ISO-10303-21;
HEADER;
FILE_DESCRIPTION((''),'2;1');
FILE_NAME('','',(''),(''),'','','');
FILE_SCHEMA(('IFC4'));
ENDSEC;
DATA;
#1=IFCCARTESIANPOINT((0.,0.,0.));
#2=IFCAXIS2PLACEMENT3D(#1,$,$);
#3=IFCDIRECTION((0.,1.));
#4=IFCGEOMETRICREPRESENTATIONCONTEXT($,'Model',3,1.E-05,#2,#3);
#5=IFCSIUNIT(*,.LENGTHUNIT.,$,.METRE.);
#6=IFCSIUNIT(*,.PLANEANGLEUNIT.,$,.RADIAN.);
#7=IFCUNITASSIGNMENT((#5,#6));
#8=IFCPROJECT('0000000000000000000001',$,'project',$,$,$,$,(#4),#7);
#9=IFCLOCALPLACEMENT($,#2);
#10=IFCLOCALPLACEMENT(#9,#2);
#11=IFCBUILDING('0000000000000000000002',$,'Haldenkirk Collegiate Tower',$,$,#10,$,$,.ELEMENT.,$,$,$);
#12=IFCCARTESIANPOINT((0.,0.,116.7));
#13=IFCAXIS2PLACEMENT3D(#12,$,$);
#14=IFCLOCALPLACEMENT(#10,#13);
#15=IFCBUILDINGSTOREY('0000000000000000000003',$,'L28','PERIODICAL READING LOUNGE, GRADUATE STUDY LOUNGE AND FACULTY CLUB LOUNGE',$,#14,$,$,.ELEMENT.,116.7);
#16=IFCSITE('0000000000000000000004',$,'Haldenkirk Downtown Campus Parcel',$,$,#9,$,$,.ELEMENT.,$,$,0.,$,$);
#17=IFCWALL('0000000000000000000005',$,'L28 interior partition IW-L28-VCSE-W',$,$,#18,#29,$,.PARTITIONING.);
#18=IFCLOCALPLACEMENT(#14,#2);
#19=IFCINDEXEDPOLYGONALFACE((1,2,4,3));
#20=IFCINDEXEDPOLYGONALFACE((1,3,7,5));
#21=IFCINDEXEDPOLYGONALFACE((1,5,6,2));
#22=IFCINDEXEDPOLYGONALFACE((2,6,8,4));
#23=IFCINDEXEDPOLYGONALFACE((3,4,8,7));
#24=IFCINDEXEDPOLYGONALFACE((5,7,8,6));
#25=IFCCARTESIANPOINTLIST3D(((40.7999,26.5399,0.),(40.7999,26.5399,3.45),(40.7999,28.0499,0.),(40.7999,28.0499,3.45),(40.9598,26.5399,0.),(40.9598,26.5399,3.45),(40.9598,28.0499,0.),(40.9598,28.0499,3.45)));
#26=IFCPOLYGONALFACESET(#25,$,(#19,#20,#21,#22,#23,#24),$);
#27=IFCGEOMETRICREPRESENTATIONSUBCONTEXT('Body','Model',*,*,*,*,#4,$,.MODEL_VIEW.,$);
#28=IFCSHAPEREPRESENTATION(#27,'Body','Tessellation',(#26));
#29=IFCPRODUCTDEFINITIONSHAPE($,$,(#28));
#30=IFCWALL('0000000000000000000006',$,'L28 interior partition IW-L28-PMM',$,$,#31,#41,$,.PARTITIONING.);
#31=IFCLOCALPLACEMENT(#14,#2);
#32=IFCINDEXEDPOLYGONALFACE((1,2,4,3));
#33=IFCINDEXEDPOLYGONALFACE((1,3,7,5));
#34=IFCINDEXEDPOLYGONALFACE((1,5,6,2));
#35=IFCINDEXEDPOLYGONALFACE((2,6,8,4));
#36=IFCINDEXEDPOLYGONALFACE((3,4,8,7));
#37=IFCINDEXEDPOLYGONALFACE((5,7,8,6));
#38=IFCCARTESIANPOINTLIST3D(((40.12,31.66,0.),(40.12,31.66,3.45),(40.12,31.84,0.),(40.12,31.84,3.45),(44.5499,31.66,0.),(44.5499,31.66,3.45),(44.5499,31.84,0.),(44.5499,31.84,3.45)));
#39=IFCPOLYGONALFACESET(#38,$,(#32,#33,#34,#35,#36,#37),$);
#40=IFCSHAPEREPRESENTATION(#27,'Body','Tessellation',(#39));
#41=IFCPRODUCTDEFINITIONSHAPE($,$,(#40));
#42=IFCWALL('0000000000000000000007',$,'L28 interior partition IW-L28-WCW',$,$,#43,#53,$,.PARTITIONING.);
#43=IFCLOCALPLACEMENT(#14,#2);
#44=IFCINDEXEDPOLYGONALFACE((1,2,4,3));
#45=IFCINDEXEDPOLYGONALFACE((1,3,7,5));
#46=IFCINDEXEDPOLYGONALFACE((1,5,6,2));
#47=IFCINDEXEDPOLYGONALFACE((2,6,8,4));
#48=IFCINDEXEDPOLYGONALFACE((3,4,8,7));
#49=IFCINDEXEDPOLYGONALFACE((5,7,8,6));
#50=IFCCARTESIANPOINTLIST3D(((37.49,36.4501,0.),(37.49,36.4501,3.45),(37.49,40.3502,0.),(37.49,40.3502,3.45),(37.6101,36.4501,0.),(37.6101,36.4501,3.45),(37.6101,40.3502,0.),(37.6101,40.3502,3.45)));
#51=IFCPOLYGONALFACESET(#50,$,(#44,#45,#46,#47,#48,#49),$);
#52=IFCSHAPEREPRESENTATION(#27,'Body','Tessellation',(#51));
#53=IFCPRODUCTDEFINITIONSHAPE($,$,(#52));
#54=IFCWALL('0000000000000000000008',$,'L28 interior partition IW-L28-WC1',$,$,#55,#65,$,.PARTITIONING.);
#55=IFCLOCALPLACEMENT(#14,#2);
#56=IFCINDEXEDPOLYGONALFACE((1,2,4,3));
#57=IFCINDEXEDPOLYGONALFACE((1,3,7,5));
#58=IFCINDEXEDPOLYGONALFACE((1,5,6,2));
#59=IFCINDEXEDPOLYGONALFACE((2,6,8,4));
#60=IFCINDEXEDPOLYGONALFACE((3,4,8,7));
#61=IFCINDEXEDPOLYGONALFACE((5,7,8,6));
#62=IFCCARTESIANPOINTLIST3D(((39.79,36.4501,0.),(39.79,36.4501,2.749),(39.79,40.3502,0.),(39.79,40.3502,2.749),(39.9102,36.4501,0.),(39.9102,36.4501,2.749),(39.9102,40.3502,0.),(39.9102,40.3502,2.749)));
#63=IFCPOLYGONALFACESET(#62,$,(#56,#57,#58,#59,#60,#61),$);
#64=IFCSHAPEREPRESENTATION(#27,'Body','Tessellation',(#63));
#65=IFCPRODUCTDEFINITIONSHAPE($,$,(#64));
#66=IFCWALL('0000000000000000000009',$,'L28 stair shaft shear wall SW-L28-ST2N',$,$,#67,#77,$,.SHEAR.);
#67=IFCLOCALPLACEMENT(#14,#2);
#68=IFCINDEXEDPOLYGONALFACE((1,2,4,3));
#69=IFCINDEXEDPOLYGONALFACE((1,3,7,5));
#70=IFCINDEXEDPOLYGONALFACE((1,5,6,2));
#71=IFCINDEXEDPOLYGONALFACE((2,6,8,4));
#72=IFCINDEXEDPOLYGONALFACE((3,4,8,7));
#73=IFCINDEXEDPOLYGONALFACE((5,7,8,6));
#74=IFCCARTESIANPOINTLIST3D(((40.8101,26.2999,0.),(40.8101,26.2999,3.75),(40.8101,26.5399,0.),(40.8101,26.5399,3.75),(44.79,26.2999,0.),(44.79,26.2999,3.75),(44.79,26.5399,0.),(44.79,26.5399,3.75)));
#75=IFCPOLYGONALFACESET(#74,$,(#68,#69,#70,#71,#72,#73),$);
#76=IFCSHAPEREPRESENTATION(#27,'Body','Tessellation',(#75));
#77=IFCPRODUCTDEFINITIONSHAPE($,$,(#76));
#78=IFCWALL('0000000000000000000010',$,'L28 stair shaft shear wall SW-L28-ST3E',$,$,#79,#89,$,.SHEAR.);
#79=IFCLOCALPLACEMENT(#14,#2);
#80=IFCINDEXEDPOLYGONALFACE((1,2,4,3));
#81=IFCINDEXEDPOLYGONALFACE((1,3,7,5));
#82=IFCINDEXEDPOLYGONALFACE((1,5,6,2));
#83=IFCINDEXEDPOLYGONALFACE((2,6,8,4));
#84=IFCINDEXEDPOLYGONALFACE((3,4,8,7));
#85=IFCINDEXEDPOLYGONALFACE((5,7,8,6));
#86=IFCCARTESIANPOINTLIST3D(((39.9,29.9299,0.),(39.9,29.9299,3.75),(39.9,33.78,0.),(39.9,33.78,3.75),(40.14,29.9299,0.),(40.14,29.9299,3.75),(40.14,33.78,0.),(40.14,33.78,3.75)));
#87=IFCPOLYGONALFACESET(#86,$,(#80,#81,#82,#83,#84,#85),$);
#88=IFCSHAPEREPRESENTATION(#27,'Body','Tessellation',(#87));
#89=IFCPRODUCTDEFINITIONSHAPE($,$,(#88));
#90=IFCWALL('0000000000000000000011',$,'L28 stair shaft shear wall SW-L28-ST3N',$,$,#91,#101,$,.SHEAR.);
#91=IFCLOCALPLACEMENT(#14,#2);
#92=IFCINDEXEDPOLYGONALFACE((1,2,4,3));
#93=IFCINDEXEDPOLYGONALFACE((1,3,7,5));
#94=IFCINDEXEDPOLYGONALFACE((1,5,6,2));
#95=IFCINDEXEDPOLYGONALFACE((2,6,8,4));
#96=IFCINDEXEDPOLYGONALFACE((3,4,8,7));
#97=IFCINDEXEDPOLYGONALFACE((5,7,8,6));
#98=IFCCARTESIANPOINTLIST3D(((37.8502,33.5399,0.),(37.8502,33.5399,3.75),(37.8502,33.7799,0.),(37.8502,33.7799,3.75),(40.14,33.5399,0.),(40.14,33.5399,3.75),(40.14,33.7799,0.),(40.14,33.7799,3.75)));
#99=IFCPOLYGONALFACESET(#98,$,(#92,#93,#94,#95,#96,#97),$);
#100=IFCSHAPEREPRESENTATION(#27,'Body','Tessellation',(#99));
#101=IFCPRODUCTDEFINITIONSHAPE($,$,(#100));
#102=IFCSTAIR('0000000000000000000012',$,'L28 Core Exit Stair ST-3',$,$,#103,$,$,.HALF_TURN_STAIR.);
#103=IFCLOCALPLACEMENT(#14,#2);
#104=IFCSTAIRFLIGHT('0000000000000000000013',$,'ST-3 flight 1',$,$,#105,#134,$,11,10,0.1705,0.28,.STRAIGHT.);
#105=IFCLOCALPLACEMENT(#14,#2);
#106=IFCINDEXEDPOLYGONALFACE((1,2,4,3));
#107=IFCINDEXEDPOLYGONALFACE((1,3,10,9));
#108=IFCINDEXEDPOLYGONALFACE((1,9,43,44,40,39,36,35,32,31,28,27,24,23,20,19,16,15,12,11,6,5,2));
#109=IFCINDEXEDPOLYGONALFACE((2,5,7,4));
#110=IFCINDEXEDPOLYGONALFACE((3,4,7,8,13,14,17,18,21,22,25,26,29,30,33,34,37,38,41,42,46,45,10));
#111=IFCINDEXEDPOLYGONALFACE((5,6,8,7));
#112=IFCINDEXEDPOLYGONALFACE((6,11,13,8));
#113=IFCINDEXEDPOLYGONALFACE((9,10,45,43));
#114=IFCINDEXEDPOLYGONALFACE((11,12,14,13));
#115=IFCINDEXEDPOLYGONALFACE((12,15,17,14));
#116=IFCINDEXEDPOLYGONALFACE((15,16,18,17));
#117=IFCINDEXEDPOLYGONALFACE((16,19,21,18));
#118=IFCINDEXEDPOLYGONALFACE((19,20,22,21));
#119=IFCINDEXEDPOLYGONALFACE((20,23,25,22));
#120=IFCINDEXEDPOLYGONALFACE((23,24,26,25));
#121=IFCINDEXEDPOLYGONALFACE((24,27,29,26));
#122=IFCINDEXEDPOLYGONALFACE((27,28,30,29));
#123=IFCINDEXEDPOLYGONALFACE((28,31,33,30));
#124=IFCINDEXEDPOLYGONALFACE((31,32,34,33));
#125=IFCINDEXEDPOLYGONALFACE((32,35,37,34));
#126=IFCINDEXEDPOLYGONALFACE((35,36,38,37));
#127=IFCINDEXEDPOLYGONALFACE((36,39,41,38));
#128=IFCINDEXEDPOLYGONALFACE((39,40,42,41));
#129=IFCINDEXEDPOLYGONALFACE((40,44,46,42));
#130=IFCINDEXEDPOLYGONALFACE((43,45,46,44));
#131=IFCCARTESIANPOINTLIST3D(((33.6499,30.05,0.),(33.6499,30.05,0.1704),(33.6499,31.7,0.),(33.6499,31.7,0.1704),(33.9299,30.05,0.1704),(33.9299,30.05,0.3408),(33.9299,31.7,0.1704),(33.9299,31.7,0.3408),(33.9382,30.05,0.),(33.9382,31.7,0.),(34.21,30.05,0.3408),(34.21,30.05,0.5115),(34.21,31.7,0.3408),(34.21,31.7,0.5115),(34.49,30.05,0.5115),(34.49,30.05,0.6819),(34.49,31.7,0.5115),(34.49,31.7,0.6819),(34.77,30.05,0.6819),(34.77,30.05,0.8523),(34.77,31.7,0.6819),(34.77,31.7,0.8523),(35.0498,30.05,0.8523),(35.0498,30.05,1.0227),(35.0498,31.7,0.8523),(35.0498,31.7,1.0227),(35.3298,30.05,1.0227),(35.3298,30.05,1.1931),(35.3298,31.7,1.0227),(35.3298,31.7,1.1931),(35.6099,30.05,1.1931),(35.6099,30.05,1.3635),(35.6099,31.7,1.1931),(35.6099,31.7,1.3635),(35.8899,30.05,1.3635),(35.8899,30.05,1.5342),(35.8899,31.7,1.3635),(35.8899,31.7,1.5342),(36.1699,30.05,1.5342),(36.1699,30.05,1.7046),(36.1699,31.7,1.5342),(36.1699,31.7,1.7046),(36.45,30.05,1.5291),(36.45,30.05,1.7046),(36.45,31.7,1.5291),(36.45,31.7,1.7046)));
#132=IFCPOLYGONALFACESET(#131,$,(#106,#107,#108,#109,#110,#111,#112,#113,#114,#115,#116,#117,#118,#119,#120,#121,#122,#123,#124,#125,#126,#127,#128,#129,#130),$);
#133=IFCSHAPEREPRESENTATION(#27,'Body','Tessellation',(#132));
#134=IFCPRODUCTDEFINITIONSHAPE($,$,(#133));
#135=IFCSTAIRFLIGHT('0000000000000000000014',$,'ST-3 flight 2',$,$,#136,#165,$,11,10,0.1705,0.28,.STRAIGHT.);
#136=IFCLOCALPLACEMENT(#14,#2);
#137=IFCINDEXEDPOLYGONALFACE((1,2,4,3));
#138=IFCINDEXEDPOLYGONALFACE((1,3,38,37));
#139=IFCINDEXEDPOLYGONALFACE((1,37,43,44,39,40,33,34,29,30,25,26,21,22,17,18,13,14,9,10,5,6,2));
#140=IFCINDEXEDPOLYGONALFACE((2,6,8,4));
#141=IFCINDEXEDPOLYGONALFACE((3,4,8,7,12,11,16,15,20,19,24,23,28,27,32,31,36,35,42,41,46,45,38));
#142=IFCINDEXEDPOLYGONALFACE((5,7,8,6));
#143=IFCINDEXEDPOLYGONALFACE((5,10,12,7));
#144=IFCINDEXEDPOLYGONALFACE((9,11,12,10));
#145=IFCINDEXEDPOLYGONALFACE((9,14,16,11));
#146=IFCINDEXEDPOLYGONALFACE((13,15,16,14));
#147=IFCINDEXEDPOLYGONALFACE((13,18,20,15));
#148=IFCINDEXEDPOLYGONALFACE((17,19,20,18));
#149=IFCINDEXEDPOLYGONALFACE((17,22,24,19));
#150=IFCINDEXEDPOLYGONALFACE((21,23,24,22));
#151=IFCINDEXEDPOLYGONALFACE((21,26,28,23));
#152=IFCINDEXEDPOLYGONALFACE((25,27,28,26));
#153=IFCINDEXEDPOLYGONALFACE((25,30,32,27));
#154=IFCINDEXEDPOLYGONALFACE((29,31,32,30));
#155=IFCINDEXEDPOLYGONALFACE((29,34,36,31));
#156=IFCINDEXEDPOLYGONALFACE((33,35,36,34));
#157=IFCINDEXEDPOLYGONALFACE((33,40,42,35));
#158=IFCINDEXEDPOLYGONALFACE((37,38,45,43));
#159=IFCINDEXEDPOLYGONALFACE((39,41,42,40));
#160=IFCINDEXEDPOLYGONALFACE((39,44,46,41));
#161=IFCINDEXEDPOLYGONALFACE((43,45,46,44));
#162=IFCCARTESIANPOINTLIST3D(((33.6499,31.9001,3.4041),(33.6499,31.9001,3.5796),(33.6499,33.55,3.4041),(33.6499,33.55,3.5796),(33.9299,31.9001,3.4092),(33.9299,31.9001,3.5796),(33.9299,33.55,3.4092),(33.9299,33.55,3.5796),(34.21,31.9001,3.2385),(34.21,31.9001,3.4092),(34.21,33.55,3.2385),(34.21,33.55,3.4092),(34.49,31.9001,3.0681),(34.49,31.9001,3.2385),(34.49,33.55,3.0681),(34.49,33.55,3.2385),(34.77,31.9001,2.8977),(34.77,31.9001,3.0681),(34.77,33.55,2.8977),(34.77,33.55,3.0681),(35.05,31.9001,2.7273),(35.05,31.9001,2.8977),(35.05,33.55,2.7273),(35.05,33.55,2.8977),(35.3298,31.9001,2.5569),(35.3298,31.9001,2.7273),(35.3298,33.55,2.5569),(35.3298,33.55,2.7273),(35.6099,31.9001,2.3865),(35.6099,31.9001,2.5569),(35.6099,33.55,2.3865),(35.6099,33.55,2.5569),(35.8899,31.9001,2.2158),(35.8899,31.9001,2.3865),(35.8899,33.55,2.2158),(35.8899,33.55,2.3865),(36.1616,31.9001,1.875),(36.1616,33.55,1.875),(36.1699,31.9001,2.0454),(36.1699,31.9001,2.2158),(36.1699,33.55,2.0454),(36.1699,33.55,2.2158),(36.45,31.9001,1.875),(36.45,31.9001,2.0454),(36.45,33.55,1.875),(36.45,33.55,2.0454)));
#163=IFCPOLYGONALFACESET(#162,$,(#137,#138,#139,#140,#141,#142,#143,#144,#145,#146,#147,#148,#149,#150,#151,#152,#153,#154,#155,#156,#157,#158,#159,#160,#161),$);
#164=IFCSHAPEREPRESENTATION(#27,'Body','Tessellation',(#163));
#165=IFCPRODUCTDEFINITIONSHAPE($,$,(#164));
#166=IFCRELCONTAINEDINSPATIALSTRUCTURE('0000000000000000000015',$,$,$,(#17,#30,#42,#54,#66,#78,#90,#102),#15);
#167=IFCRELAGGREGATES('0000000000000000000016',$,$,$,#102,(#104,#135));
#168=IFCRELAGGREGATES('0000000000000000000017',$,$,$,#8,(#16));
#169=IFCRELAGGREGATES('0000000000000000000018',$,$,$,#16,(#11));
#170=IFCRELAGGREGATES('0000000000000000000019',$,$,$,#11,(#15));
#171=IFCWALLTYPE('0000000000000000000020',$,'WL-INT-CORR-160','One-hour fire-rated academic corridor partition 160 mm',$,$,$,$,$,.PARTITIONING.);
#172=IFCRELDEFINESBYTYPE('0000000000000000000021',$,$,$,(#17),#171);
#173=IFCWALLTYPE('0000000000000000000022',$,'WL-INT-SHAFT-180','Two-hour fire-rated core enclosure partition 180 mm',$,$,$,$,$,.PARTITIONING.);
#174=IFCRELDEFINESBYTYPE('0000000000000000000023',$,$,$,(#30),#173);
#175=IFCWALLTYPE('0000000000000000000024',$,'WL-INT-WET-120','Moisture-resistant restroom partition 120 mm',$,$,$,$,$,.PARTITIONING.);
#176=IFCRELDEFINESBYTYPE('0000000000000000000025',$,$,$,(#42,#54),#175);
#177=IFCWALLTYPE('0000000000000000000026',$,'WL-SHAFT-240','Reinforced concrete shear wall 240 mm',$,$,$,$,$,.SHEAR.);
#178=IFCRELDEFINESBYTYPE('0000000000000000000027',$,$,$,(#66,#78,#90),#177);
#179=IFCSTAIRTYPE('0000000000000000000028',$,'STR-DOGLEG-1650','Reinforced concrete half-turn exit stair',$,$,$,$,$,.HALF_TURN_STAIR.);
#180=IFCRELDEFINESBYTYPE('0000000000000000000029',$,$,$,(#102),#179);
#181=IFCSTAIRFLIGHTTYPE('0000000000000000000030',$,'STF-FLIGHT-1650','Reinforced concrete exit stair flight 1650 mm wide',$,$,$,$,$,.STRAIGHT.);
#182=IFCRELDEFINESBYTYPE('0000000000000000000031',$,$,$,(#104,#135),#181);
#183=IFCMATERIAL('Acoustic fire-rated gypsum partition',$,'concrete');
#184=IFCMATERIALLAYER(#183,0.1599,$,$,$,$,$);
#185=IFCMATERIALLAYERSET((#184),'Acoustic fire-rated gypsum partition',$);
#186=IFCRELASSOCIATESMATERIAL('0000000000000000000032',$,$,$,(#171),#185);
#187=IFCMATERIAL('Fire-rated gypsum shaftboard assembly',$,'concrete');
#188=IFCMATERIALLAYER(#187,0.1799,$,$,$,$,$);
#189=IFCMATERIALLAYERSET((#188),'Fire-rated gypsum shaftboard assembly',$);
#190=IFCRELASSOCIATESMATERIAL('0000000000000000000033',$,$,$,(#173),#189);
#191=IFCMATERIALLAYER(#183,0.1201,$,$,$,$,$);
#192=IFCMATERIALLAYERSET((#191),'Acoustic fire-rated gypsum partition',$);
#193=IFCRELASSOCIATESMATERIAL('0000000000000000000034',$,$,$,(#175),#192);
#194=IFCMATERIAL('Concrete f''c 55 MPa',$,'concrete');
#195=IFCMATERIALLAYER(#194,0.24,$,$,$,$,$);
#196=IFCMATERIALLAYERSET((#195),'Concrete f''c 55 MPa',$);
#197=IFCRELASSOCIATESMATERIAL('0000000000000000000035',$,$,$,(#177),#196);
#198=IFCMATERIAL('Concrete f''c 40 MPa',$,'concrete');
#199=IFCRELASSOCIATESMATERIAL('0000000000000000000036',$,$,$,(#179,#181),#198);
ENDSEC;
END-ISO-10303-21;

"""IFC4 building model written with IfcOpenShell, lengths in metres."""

from ifc_helpers import new_model, si_unit, direction, frame, frame_2d, origin, place, context, subcontext, project, spatial, polyline, rectangle, outline, extrude, material, layer, layer_set, type_object, element, aggregate, save


model = new_model("IFC4")

# Units and contexts
model_context = context("Model", 3, precision=1e-05, world=origin(), true_north=direction((0.0, 1.0)))
body_context = subcontext(model_context, "Body", "Model", "MODEL_VIEW")
ifc_project = project(units=[si_unit("LENGTHUNIT", "METRE"), si_unit("PLANEANGLEUNIT", "RADIAN")], contexts=[model_context])

# Site, building, storey
site_placement = place(None, origin())
site = spatial("IfcSite", under=ifc_project, at=site_placement, Name="Haldenkirk Downtown Campus Parcel", CompositionType="ELEMENT", RefElevation=0.0)
building_placement = place(site_placement, origin())
building = spatial("IfcBuilding", under=site, at=building_placement, Name="Haldenkirk Collegiate Tower", CompositionType="ELEMENT")
storey_placement = place(building_placement, frame((0.0, 0.0, 116.7)))
storey = spatial("IfcBuildingStorey", under=building, at=storey_placement, Name="L28", Description="PERIODICAL READING LOUNGE, GRADUATE STUDY LOUNGE AND FACULTY CLUB LOUNGE", CompositionType="ELEMENT", Elevation=116.7)

# Shared definitions
ifc_material_1 = material(Name="Acoustic fire-rated gypsum partition", Category="concrete")
ifc_layer_1 = layer(ifc_material_1, 0.1599)
ifc_layer_set_1 = layer_set([ifc_layer_1], Name="Acoustic fire-rated gypsum partition")
wall_type_1 = type_object("IfcWallType", Name="WL-INT-CORR-160", Description="One-hour fire-rated academic corridor partition 160 mm", PredefinedType="PARTITIONING", material=ifc_layer_set_1)

# Wall
wall_1_placement = place(storey_placement, frame((40.8799, 26.54, 0.0), z_axis=(0.0, 0.0, 1.0), x_axis=(0.0, 1.0, 0.0)))
element("IfcWall", 1, at=wall_1_placement, inside=storey, type_object=wall_type_1, Name="L28 interior partition IW-L28-VCSE-W", PredefinedType="PARTITIONING", context=body_context, shape_type="SweptSolid", body=[
    extrude(rectangle(XDim=1.51, YDim=0.1599, at=frame_2d((0.7549, 0.0))), origin(), (0.0, 0.0, 1.0), 3.45),
])

# Shared definitions
ifc_material_2 = material(Name="Fire-rated gypsum shaftboard assembly", Category="concrete")
ifc_layer_2 = layer(ifc_material_2, 0.1799)
ifc_layer_set_2 = layer_set([ifc_layer_2], Name="Fire-rated gypsum shaftboard assembly")
wall_type_2 = type_object("IfcWallType", Name="WL-INT-SHAFT-180", Description="Two-hour fire-rated core enclosure partition 180 mm", PredefinedType="PARTITIONING", material=ifc_layer_set_2)

# Walls
wall_2_placement = place(storey_placement, frame((40.1201, 31.75, 0.0), z_axis=(0.0, 0.0, 1.0), x_axis=(1.0, 0.0, 0.0)))
element("IfcWall", 2, at=wall_2_placement, inside=storey, type_object=wall_type_2, Name="L28 interior partition IW-L28-PMM", PredefinedType="PARTITIONING", context=body_context, shape_type="SweptSolid", body=[
    extrude(rectangle(XDim=4.4299, YDim=0.1799, at=frame_2d((2.2148, 0.0))), origin(), (0.0, 0.0, 1.0), 3.45),
])
ifc_layer_3 = layer(ifc_material_1, 0.1201)
ifc_layer_set_3 = layer_set([ifc_layer_3], Name="Acoustic fire-rated gypsum partition")
wall_type_3 = type_object("IfcWallType", Name="WL-INT-WET-120", Description="Moisture-resistant restroom partition 120 mm", PredefinedType="PARTITIONING", material=ifc_layer_set_3)
wall_3_placement = place(storey_placement, frame((37.55, 36.45, 0.0), z_axis=(0.0, 0.0, 1.0), x_axis=(0.0, 1.0, 0.0)))
element("IfcWall", 3, at=wall_3_placement, inside=storey, type_object=wall_type_3, Name="L28 interior partition IW-L28-WCW", PredefinedType="PARTITIONING", context=body_context, shape_type="SweptSolid", body=[
    extrude(rectangle(XDim=3.9001, YDim=0.1201, at=frame_2d((1.9502, 0.0))), origin(), (0.0, 0.0, 1.0), 3.45),
])
wall_4_placement = place(storey_placement, frame((39.8501, 36.45, 0.0), z_axis=(0.0, 0.0, 1.0), x_axis=(0.0, 1.0, 0.0)))
element("IfcWall", 4, at=wall_4_placement, inside=storey, type_object=wall_type_3, Name="L28 interior partition IW-L28-WC1", PredefinedType="PARTITIONING", context=body_context, shape_type="SweptSolid", body=[
    extrude(rectangle(XDim=3.9001, YDim=0.1201, at=frame_2d((1.9502, 0.0))), origin(), (0.0, 0.0, 1.0), 2.749),
])
ifc_material_3 = material(Name="Concrete f'c 55 MPa", Category="concrete")
ifc_layer_4 = layer(ifc_material_3, 0.24)
ifc_layer_set_4 = layer_set([ifc_layer_4], Name="Concrete f'c 55 MPa")
wall_type_4 = type_object("IfcWallType", Name="WL-SHAFT-240", Description="Reinforced concrete shear wall 240 mm", PredefinedType="SHEAR", material=ifc_layer_set_4)
wall_5_placement = place(storey_placement, frame((40.8101, 26.4199, 0.0), z_axis=(0.0, 0.0, 1.0), x_axis=(1.0, 0.0, 0.0)))
element("IfcWall", 5, at=wall_5_placement, inside=storey, type_object=wall_type_4, Name="L28 stair shaft shear wall SW-L28-ST2N", PredefinedType="SHEAR", context=body_context, shape_type="SweptSolid", body=[
    extrude(rectangle(XDim=3.98, YDim=0.24, at=frame_2d((1.99, 0.0))), origin(), (0.0, 0.0, 1.0), 3.75),
])
wall_6_placement = place(storey_placement, frame((40.02, 29.9299, 0.0), z_axis=(0.0, 0.0, 1.0), x_axis=(0.0, 1.0, 0.0)))
element("IfcWall", 6, at=wall_6_placement, inside=storey, type_object=wall_type_4, Name="L28 stair shaft shear wall SW-L28-ST3E", PredefinedType="SHEAR", context=body_context, shape_type="SweptSolid", body=[
    extrude(rectangle(XDim=3.8501, YDim=0.24, at=frame_2d((1.925, 0.0))), origin(), (0.0, 0.0, 1.0), 3.75),
])
wall_7_placement = place(storey_placement, frame((37.8501, 33.6599, 0.0), z_axis=(0.0, 0.0, 1.0), x_axis=(1.0, 0.0, 0.0)))
element("IfcWall", 7, at=wall_7_placement, inside=storey, type_object=wall_type_4, Name="L28 stair shaft shear wall SW-L28-ST3N", PredefinedType="SHEAR", context=body_context, shape_type="SweptSolid", body=[
    extrude(rectangle(XDim=2.2898, YDim=0.24, at=frame_2d((1.145, 0.0))), origin(), (0.0, 0.0, 1.0), 3.75),
])

# Stair, stair flights
ifc_material_4 = material(Name="Concrete f'c 40 MPa", Category="concrete")
stair_type = type_object("IfcStairType", Name="STR-DOGLEG-1650", Description="Reinforced concrete half-turn exit stair", PredefinedType="HALF_TURN_STAIR", material=ifc_material_4)
stair_placement = place(storey_placement, origin())
stair = element("IfcStair", 8, at=stair_placement, inside=storey, type_object=stair_type, Name="L28 Core Exit Stair ST-3", PredefinedType="HALF_TURN_STAIR")
stair_flight_type = type_object("IfcStairFlightType", Name="STF-FLIGHT-1650", Description="Reinforced concrete exit stair flight 1650 mm wide", PredefinedType="STRAIGHT", material=ifc_material_4)
stair_flight_1_placement = place(storey_placement, frame((33.6499, 30.875, 0.0), z_axis=(0.0, 0.0, 1.0), x_axis=(1.0, 0.0, 0.0)))
stair_flight_1 = element("IfcStairFlight", 9, at=stair_flight_1_placement, type_object=stair_flight_type, Name="ST-3 flight 1", NumberOfRisers=11, NumberOfTreads=10, PredefinedType="STRAIGHT", RiserHeight=0.1705, TreadLength=0.28, context=body_context, shape_type="SweptSolid", body=[
    extrude(outline(polyline([(0.0, 0.0), (0.0, 0.1704), (0.28, 0.1704), (0.28, 0.3408), (0.5601, 0.3408), (0.5601, 0.5115), (0.8401, 0.5115), (0.8401, 0.6819), (1.1201, 0.6819), (1.1201, 0.8523), (1.3999, 0.8523), (1.3999, 1.0227), (1.6799, 1.0227), (1.6799, 1.1931), (1.96, 1.1931), (1.96, 1.3635), (2.24, 1.3635), (2.24, 1.5342), (2.52, 1.5342), (2.52, 1.7046), (2.8, 1.7046), (2.8, 1.875), (2.8, 1.5291), (0.2883, 0.0), (0.0, 0.0)])), frame((0.0, 0.825, 0.0), z_axis=(0.0, -1.0, 0.0), x_axis=(1.0, 0.0, 0.0)), (0.0, 0.0, 1.0), 1.6499),
])
stair_flight_2_placement = place(storey_placement, frame((36.45, 32.7251, 1.875), z_axis=(0.0, 0.0, 1.0), x_axis=(-1.0, 0.0, 0.0)))
stair_flight_2 = element("IfcStairFlight", 10, at=stair_flight_2_placement, type_object=stair_flight_type, Name="ST-3 flight 2", NumberOfRisers=11, NumberOfTreads=10, PredefinedType="STRAIGHT", RiserHeight=0.1705, TreadLength=0.28, context=body_context, shape_type="SweptSolid", body=[
    extrude(outline(polyline([(0.0, 0.0), (0.0, 0.1704), (0.28, 0.1704), (0.28, 0.3408), (0.5601, 0.3408), (0.5601, 0.5115), (0.8401, 0.5115), (0.8401, 0.6819), (1.1201, 0.6819), (1.1201, 0.8523), (1.3999, 0.8523), (1.3999, 1.0227), (1.6799, 1.0227), (1.6799, 1.1931), (1.96, 1.1931), (1.96, 1.3635), (2.24, 1.3635), (2.24, 1.5342), (2.52, 1.5342), (2.52, 1.7046), (2.8, 1.7046), (2.8, 1.875), (2.8, 1.5291), (0.2883, 0.0), (0.0, 0.0)])), frame((0.0, 0.825, 0.0), z_axis=(0.0, -1.0, 0.0), x_axis=(1.0, 0.0, 0.0)), (0.0, 0.0, 1.0), 1.6499),
])
aggregate(stair, [stair_flight_1, stair_flight_2])

save(model, "model.ifc")
